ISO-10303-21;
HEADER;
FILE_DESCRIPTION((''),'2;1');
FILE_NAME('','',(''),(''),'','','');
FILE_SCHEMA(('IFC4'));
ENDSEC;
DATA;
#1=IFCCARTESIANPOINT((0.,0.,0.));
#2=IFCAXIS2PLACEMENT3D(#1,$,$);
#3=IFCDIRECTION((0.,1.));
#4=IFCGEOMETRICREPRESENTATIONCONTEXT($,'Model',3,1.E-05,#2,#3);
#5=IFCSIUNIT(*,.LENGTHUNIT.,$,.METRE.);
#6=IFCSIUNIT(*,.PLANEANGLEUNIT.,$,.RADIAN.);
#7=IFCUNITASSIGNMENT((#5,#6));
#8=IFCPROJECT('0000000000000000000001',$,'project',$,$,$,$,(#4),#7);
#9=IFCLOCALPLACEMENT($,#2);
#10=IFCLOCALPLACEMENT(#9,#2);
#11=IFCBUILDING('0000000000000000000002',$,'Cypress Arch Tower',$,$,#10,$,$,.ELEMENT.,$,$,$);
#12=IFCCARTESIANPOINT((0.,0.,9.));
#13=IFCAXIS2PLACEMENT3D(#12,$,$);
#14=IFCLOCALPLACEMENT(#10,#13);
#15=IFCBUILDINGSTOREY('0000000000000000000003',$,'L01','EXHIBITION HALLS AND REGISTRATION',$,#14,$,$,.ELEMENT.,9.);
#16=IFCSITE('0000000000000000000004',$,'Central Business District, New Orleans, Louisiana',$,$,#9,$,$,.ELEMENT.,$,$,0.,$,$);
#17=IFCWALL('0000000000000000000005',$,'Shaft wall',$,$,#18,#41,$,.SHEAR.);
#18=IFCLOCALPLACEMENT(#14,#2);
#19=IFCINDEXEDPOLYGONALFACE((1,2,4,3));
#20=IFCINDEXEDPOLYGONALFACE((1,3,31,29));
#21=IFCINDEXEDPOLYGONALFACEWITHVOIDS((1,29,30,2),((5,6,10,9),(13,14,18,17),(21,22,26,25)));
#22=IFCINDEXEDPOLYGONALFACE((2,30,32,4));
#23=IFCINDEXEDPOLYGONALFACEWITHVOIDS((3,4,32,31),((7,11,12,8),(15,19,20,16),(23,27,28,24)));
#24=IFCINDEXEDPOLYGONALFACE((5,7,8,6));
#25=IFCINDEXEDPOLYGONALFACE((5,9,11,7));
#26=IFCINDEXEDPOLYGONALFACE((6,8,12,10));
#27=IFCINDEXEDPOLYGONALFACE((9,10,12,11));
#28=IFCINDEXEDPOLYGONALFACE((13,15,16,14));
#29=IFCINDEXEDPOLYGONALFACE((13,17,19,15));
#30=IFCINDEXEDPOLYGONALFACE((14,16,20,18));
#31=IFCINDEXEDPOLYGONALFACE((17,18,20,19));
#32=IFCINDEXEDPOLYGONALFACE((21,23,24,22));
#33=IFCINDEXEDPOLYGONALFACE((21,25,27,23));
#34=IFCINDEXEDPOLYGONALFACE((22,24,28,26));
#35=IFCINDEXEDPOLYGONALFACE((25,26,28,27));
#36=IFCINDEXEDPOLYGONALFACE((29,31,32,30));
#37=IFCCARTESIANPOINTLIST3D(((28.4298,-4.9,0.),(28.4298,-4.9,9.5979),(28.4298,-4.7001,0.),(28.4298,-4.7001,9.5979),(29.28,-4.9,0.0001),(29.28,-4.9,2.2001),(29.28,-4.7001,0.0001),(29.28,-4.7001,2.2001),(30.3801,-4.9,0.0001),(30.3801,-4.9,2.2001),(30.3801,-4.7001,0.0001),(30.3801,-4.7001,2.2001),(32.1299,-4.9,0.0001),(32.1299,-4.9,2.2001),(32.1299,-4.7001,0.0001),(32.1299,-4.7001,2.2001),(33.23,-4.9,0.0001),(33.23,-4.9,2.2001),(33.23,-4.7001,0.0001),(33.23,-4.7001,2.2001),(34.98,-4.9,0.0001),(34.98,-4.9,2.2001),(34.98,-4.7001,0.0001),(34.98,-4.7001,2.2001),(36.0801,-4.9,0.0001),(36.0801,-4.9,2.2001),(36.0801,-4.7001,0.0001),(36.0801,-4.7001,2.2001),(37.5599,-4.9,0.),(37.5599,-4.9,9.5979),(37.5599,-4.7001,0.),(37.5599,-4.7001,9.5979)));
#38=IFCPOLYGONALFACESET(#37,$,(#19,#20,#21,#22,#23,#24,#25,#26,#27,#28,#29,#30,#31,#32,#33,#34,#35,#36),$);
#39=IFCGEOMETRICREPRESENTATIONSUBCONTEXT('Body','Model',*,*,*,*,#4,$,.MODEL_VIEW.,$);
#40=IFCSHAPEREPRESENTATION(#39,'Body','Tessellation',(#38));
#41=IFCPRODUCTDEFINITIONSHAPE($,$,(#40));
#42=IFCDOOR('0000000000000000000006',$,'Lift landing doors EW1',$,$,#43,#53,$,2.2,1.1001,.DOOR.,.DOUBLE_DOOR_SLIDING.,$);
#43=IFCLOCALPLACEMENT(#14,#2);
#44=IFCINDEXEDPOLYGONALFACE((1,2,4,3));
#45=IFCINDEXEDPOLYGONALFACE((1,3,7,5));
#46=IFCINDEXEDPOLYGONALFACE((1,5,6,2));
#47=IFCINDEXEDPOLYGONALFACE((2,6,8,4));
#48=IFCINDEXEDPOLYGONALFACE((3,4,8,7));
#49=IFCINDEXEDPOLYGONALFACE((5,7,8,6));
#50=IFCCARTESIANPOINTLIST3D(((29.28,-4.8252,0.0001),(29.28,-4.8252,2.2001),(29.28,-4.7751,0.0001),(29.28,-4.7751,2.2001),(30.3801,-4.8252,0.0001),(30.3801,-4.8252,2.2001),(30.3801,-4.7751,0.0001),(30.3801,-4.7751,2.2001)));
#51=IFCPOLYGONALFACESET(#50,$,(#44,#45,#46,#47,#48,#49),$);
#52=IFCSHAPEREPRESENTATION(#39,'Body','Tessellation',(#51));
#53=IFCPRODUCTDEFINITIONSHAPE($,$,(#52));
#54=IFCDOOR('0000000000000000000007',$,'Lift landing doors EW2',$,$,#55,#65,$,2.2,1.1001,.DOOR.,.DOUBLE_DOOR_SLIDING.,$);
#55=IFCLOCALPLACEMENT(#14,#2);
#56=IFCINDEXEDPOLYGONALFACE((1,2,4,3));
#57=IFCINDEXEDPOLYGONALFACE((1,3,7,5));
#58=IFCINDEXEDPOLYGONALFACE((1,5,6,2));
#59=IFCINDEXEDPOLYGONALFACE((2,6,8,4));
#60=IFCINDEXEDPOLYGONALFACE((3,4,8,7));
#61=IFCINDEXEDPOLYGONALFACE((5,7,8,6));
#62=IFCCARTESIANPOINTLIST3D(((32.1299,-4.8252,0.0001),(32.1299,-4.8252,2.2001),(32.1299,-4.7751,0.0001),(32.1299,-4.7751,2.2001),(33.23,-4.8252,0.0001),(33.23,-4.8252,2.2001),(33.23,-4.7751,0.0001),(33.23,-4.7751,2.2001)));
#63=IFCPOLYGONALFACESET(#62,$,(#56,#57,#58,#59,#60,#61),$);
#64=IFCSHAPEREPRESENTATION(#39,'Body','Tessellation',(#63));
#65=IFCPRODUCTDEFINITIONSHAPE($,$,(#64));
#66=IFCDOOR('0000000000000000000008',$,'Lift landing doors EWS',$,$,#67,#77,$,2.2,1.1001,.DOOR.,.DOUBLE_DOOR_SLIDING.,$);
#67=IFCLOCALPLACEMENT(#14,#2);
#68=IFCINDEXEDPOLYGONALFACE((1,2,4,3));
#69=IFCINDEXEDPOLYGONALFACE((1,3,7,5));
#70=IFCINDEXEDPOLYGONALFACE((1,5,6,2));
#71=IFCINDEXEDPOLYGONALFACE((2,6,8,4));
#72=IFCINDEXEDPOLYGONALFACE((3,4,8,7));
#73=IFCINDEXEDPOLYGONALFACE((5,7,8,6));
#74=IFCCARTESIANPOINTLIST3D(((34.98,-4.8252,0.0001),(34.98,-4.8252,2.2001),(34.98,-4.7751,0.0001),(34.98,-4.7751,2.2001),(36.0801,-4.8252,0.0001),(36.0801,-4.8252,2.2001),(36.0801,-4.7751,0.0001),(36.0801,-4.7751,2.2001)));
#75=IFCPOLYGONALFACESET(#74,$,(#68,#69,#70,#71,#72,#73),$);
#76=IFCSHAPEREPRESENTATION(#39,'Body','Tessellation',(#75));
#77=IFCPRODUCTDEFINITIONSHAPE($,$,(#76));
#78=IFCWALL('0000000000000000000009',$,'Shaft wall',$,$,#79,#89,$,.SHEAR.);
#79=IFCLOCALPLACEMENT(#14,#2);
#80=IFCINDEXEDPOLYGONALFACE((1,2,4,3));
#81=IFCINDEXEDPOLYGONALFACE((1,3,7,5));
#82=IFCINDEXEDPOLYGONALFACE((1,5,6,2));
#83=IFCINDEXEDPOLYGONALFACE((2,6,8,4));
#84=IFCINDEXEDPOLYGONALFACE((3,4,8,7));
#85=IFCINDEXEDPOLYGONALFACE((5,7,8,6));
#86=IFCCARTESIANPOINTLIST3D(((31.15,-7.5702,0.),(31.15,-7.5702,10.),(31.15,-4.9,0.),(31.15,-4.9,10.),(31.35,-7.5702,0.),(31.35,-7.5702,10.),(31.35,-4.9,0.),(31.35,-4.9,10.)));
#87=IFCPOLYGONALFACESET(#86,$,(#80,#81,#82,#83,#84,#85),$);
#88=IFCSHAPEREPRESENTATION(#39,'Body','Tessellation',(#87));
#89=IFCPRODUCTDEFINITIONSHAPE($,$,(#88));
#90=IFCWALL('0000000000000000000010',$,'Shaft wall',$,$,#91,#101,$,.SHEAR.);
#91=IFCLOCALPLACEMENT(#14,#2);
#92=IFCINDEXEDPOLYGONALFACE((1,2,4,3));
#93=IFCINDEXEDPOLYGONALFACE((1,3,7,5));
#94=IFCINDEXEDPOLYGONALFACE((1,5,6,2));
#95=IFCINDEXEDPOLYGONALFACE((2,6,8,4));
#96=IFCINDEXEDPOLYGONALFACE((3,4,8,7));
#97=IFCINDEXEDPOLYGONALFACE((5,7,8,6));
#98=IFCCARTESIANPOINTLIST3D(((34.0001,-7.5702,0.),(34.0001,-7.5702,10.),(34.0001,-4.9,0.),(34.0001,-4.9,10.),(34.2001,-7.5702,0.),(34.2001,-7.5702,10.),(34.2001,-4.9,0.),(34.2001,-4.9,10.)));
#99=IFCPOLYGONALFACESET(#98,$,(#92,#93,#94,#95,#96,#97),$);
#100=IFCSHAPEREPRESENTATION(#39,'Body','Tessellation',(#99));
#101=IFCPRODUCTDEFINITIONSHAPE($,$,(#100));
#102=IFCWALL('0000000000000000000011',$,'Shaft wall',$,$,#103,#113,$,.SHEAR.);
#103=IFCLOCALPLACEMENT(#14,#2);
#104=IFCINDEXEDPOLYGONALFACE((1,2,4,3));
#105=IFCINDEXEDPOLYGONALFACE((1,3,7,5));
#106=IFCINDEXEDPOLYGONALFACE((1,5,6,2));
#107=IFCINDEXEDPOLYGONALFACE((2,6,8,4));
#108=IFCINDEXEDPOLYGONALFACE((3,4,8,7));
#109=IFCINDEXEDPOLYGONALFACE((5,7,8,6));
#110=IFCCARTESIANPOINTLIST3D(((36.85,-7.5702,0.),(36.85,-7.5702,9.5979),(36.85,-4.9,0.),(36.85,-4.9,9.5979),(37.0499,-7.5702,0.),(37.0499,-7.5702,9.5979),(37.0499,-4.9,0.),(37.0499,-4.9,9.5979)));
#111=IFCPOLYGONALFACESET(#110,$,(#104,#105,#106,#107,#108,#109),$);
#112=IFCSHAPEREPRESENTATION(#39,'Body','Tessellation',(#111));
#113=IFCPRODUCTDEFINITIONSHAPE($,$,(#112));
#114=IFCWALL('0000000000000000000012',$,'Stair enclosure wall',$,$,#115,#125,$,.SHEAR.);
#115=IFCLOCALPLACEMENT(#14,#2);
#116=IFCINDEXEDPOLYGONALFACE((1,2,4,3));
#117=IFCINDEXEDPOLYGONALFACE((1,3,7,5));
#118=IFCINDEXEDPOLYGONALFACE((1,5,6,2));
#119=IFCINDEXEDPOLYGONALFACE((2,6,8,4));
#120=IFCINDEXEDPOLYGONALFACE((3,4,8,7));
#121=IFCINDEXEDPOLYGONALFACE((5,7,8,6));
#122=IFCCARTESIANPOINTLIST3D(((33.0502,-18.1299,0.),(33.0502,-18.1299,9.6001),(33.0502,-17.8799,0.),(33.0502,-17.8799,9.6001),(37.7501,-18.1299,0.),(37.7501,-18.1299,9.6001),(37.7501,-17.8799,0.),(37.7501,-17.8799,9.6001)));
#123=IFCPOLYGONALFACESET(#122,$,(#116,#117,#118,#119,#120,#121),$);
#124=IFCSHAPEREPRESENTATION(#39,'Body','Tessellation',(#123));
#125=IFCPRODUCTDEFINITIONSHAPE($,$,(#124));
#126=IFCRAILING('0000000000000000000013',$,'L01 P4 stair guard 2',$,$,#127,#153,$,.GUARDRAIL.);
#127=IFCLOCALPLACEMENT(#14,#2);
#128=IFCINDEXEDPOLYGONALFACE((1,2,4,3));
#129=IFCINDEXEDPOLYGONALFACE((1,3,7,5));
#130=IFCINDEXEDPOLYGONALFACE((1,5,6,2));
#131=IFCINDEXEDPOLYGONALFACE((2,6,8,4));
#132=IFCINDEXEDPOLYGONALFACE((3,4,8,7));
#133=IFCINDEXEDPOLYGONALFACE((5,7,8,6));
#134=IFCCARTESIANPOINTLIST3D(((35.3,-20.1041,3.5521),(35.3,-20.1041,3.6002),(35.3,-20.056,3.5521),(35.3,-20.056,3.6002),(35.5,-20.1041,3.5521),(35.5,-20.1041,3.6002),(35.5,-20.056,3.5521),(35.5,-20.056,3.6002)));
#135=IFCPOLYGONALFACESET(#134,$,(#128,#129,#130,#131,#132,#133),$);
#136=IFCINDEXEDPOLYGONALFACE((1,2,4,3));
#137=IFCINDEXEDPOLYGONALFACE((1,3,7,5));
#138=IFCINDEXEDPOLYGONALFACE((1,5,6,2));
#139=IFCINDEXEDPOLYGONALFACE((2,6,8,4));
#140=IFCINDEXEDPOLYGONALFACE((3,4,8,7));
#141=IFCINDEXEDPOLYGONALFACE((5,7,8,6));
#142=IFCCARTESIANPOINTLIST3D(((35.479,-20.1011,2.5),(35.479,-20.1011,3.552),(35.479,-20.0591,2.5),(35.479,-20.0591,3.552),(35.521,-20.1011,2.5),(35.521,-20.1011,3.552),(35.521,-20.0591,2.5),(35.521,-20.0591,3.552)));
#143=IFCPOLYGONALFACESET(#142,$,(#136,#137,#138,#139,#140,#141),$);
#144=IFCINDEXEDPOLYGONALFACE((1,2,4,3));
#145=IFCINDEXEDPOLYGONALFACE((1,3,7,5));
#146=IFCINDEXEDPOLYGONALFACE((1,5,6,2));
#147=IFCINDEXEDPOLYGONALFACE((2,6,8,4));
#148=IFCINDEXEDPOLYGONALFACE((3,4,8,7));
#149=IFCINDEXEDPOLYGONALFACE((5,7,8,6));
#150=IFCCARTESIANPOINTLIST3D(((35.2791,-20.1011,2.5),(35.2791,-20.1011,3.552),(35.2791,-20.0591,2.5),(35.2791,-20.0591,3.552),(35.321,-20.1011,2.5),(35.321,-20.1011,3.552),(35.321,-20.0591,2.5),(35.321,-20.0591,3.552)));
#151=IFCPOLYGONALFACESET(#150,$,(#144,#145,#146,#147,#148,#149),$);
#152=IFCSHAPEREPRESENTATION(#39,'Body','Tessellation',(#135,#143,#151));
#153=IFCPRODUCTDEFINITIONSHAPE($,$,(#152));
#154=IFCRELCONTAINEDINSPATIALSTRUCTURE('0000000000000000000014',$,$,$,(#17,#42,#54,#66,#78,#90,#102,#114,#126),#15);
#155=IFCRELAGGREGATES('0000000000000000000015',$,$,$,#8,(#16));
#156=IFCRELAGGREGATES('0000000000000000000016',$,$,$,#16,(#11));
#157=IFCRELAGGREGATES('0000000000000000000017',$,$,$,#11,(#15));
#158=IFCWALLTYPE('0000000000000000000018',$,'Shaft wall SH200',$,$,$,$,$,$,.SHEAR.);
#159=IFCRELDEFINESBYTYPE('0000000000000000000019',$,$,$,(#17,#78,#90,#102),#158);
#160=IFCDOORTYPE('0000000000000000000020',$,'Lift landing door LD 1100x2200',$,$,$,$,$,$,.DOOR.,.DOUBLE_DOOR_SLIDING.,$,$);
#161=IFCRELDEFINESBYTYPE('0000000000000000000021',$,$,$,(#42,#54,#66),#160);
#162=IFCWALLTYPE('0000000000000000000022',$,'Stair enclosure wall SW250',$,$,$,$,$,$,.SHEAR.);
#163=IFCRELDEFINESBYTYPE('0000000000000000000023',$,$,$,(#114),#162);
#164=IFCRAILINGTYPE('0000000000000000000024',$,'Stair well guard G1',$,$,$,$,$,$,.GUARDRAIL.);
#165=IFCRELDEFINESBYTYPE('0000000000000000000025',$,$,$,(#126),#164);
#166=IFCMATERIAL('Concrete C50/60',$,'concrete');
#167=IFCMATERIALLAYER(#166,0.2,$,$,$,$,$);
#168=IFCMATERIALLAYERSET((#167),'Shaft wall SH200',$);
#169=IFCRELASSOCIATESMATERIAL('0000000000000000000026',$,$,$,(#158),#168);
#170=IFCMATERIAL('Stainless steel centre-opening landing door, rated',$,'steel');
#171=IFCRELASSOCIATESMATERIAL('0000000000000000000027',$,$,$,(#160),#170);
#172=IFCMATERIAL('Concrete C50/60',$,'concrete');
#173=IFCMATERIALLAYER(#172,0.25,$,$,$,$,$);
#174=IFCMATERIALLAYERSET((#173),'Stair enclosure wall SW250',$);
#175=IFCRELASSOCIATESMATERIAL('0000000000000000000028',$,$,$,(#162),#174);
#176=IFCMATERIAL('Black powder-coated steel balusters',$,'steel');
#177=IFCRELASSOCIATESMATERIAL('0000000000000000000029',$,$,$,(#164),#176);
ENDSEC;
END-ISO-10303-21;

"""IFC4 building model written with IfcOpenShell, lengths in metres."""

from ifc_helpers import new_model, si_unit, direction, frame, frame_2d, origin, origin_2d, place, context, subcontext, project, spatial, rectangle, extrude, material, layer, layer_set, type_object, element, fill, save


model = new_model("IFC4")

# Units and contexts
model_context = context("Model", 3, precision=1e-05, world=origin(), true_north=direction((0.0, 1.0)))
body_context = subcontext(model_context, "Body", "Model", "MODEL_VIEW")
ifc_project = project(units=[si_unit("LENGTHUNIT", "METRE"), si_unit("PLANEANGLEUNIT", "RADIAN")], contexts=[model_context])

# Site, building, storey
site_placement = place(None, origin())
site = spatial("IfcSite", under=ifc_project, at=site_placement, Name="Central Business District, New Orleans, Louisiana", CompositionType="ELEMENT", RefElevation=0.0)
building_placement = place(site_placement, origin())
building = spatial("IfcBuilding", under=site, at=building_placement, Name="Cypress Arch Tower", CompositionType="ELEMENT")
storey_placement = place(building_placement, frame((0.0, 0.0, 9.0)))
storey = spatial("IfcBuildingStorey", under=building, at=storey_placement, Name="L01", Description="EXHIBITION HALLS AND REGISTRATION", CompositionType="ELEMENT", Elevation=9.0)

# Wall, openings, doors
ifc_material_1 = material(Name="Concrete C50/60", Category="concrete")
ifc_layer_1 = layer(ifc_material_1, 0.2)
ifc_layer_set_1 = layer_set([ifc_layer_1], Name="Shaft wall SH200")
wall_type_1 = type_object("IfcWallType", Name="Shaft wall SH200", PredefinedType="SHEAR", material=ifc_layer_set_1)
wall_1_placement = place(storey_placement, frame((28.4299, -4.8, 0.0), z_axis=(0.0, 0.0, 1.0), x_axis=(1.0, 0.0, 0.0)))
wall_1 = element("IfcWall", 1, at=wall_1_placement, inside=storey, type_object=wall_type_1, Name="Shaft wall", PredefinedType="SHEAR", context=body_context, shape_type="SweptSolid", body=[
    extrude(rectangle(XDim=9.1301, YDim=0.2, at=frame_2d((4.5649, 0.0))), origin(), (0.0, 0.0, 1.0), 9.5979),
])
opening_1_placement = place(wall_1_placement, frame((0.8501, 0.0, 0.0)))
opening_1 = element("IfcOpeningElement", 2, at=opening_1_placement, cuts=wall_1, PredefinedType="OPENING", context=body_context, shape_type="SweptSolid", body=[
    extrude(rectangle(XDim=1.1001, YDim=2.2, at=frame_2d((0.55, 1.1001))), frame((0.0, 0.1099, 0.0), z_axis=(0.0, -1.0, 0.0), x_axis=(1.0, 0.0, 0.0)), (0.0, 0.0, 1.0), 0.22),
])
opening_2_placement = place(wall_1_placement, frame((3.7, 0.0, 0.0)))
opening_2 = element("IfcOpeningElement", 3, at=opening_2_placement, cuts=wall_1, PredefinedType="OPENING", context=body_context, shape_type="SweptSolid", body=[
    extrude(rectangle(XDim=1.1001, YDim=2.2, at=frame_2d((0.55, 1.1001))), frame((0.0, 0.1099, 0.0), z_axis=(0.0, -1.0, 0.0), x_axis=(1.0, 0.0, 0.0)), (0.0, 0.0, 1.0), 0.22),
])
opening_3_placement = place(wall_1_placement, frame((6.55, 0.0, 0.0)))
opening_3 = element("IfcOpeningElement", 4, at=opening_3_placement, cuts=wall_1, PredefinedType="OPENING", context=body_context, shape_type="SweptSolid", body=[
    extrude(rectangle(XDim=1.1001, YDim=2.2, at=frame_2d((0.55, 1.1001))), frame((0.0, 0.1099, 0.0), z_axis=(0.0, -1.0, 0.0), x_axis=(1.0, 0.0, 0.0)), (0.0, 0.0, 1.0), 0.22),
])
ifc_material_2 = material(Name="Stainless steel centre-opening landing door, rated", Category="steel")
door_type_1 = type_object("IfcDoorType", Name="Lift landing door LD 1100x2200", OperationType="DOUBLE_DOOR_SLIDING", PredefinedType="DOOR", material=ifc_material_2)
door_1_placement = place(opening_1_placement, origin())
door_1 = element("IfcDoor", 5, at=door_1_placement, inside=storey, type_object=door_type_1, Name="Lift landing doors EW1", OperationType="DOUBLE_DOOR_SLIDING", OverallHeight=2.2, OverallWidth=1.1001, PredefinedType="DOOR", context=body_context, shape_type="SweptSolid", body=[
    extrude(rectangle(XDim=1.1001, YDim=2.2, at=frame_2d((0.55, 1.1001))), frame((0.0, 0.0249, 0.0), z_axis=(0.0, -1.0, 0.0), x_axis=(1.0, 0.0, 0.0)), (0.0, 0.0, 1.0), 0.05),
])
fill(opening_1, door_1)
door_2_placement = place(opening_2_placement, origin())
door_2 = element("IfcDoor", 6, at=door_2_placement, inside=storey, type_object=door_type_1, Name="Lift landing doors EW2", OperationType="DOUBLE_DOOR_SLIDING", OverallHeight=2.2, OverallWidth=1.1001, PredefinedType="DOOR", context=body_context, shape_type="SweptSolid", body=[
    extrude(rectangle(XDim=1.1001, YDim=2.2, at=frame_2d((0.55, 1.1001))), frame((0.0, 0.0249, 0.0), z_axis=(0.0, -1.0, 0.0), x_axis=(1.0, 0.0, 0.0)), (0.0, 0.0, 1.0), 0.05),
])
fill(opening_2, door_2)
door_3_placement = place(opening_3_placement, origin())
door_3 = element("IfcDoor", 7, at=door_3_placement, inside=storey, type_object=door_type_1, Name="Lift landing doors EWS", OperationType="DOUBLE_DOOR_SLIDING", OverallHeight=2.2, OverallWidth=1.1001, PredefinedType="DOOR", context=body_context, shape_type="SweptSolid", body=[
    extrude(rectangle(XDim=1.1001, YDim=2.2, at=frame_2d((0.55, 1.1001))), frame((0.0, 0.0249, 0.0), z_axis=(0.0, -1.0, 0.0), x_axis=(1.0, 0.0, 0.0)), (0.0, 0.0, 1.0), 0.05),
])
fill(opening_3, door_3)

# Walls
for number, where, z_axis, x_axis, name in (
    (8, (31.25, -7.5701, 0.0), (0.0, 0.0, 1.0), (0.0, 1.0, 0.0), "Shaft wall"),
    (9, (34.1001, -7.5701, 0.0), (0.0, 0.0, 1.0), (0.0, 1.0, 0.0), "Shaft wall"),
):
    element("IfcWall", number, at=place(storey_placement, frame(where, z_axis=z_axis, x_axis=x_axis)), inside=storey, type_object=wall_type_1, Name=name, PredefinedType="SHEAR", context=body_context, shape_type="SweptSolid", body=[
        extrude(rectangle(XDim=2.6702, YDim=0.2, at=frame_2d((1.335, 0.0))), origin(), (0.0, 0.0, 1.0), 10.0),
    ])
wall_2_placement = place(storey_placement, frame((36.95, -7.5701, 0.0), z_axis=(0.0, 0.0, 1.0), x_axis=(0.0, 1.0, 0.0)))
element("IfcWall", 10, at=wall_2_placement, inside=storey, type_object=wall_type_1, Name="Shaft wall", PredefinedType="SHEAR", context=body_context, shape_type="SweptSolid", body=[
    extrude(rectangle(XDim=2.6702, YDim=0.2, at=frame_2d((1.335, 0.0))), origin(), (0.0, 0.0, 1.0), 9.5979),
])
ifc_material_3 = material(Name="Concrete C50/60", Category="concrete")
ifc_layer_2 = layer(ifc_material_3, 0.25)
ifc_layer_set_2 = layer_set([ifc_layer_2], Name="Stair enclosure wall SW250")
wall_type_2 = type_object("IfcWallType", Name="Stair enclosure wall SW250", PredefinedType="SHEAR", material=ifc_layer_set_2)
wall_3_placement = place(storey_placement, frame((33.05, -18.0049, 0.0), z_axis=(0.0, 0.0, 1.0), x_axis=(1.0, 0.0, 0.0)))
element("IfcWall", 11, at=wall_3_placement, inside=storey, type_object=wall_type_2, Name="Stair enclosure wall", PredefinedType="SHEAR", context=body_context, shape_type="SweptSolid", body=[
    extrude(rectangle(XDim=4.7, YDim=0.25, at=frame_2d((2.3501, 0.0))), origin(), (0.0, 0.0, 1.0), 9.6001),
])

# Railing
ifc_material_4 = material(Name="Black powder-coated steel balusters", Category="steel")
railing_type = type_object("IfcRailingType", Name="Stair well guard G1", PredefinedType="GUARDRAIL", material=ifc_material_4)
railing_1_placement = place(storey_placement, frame((35.5, -20.0801, 2.5)))
element("IfcRailing", 12, at=railing_1_placement, inside=storey, type_object=railing_type, Name="L01 P4 stair guard 2", PredefinedType="GUARDRAIL", context=body_context, shape_type="SweptSolid", body=[
    extrude(rectangle(XDim=0.0481, YDim=0.0481, at=origin_2d()), frame((0.0, 0.0, 1.0762), z_axis=(-1.0, 0.0, 0.0), x_axis=(0.0, -1.0, 0.0)), (0.0, 0.0, 1.0), 0.2),
    extrude(rectangle(XDim=0.042, YDim=0.042, at=origin_2d()), origin(), (0.0, 0.0, 1.0), 1.052),
    extrude(rectangle(XDim=0.042, YDim=0.042, at=origin_2d()), frame((-0.2, 0.0, 0.0)), (0.0, 0.0, 1.0), 1.052),
])

save(model, "model.ifc")
